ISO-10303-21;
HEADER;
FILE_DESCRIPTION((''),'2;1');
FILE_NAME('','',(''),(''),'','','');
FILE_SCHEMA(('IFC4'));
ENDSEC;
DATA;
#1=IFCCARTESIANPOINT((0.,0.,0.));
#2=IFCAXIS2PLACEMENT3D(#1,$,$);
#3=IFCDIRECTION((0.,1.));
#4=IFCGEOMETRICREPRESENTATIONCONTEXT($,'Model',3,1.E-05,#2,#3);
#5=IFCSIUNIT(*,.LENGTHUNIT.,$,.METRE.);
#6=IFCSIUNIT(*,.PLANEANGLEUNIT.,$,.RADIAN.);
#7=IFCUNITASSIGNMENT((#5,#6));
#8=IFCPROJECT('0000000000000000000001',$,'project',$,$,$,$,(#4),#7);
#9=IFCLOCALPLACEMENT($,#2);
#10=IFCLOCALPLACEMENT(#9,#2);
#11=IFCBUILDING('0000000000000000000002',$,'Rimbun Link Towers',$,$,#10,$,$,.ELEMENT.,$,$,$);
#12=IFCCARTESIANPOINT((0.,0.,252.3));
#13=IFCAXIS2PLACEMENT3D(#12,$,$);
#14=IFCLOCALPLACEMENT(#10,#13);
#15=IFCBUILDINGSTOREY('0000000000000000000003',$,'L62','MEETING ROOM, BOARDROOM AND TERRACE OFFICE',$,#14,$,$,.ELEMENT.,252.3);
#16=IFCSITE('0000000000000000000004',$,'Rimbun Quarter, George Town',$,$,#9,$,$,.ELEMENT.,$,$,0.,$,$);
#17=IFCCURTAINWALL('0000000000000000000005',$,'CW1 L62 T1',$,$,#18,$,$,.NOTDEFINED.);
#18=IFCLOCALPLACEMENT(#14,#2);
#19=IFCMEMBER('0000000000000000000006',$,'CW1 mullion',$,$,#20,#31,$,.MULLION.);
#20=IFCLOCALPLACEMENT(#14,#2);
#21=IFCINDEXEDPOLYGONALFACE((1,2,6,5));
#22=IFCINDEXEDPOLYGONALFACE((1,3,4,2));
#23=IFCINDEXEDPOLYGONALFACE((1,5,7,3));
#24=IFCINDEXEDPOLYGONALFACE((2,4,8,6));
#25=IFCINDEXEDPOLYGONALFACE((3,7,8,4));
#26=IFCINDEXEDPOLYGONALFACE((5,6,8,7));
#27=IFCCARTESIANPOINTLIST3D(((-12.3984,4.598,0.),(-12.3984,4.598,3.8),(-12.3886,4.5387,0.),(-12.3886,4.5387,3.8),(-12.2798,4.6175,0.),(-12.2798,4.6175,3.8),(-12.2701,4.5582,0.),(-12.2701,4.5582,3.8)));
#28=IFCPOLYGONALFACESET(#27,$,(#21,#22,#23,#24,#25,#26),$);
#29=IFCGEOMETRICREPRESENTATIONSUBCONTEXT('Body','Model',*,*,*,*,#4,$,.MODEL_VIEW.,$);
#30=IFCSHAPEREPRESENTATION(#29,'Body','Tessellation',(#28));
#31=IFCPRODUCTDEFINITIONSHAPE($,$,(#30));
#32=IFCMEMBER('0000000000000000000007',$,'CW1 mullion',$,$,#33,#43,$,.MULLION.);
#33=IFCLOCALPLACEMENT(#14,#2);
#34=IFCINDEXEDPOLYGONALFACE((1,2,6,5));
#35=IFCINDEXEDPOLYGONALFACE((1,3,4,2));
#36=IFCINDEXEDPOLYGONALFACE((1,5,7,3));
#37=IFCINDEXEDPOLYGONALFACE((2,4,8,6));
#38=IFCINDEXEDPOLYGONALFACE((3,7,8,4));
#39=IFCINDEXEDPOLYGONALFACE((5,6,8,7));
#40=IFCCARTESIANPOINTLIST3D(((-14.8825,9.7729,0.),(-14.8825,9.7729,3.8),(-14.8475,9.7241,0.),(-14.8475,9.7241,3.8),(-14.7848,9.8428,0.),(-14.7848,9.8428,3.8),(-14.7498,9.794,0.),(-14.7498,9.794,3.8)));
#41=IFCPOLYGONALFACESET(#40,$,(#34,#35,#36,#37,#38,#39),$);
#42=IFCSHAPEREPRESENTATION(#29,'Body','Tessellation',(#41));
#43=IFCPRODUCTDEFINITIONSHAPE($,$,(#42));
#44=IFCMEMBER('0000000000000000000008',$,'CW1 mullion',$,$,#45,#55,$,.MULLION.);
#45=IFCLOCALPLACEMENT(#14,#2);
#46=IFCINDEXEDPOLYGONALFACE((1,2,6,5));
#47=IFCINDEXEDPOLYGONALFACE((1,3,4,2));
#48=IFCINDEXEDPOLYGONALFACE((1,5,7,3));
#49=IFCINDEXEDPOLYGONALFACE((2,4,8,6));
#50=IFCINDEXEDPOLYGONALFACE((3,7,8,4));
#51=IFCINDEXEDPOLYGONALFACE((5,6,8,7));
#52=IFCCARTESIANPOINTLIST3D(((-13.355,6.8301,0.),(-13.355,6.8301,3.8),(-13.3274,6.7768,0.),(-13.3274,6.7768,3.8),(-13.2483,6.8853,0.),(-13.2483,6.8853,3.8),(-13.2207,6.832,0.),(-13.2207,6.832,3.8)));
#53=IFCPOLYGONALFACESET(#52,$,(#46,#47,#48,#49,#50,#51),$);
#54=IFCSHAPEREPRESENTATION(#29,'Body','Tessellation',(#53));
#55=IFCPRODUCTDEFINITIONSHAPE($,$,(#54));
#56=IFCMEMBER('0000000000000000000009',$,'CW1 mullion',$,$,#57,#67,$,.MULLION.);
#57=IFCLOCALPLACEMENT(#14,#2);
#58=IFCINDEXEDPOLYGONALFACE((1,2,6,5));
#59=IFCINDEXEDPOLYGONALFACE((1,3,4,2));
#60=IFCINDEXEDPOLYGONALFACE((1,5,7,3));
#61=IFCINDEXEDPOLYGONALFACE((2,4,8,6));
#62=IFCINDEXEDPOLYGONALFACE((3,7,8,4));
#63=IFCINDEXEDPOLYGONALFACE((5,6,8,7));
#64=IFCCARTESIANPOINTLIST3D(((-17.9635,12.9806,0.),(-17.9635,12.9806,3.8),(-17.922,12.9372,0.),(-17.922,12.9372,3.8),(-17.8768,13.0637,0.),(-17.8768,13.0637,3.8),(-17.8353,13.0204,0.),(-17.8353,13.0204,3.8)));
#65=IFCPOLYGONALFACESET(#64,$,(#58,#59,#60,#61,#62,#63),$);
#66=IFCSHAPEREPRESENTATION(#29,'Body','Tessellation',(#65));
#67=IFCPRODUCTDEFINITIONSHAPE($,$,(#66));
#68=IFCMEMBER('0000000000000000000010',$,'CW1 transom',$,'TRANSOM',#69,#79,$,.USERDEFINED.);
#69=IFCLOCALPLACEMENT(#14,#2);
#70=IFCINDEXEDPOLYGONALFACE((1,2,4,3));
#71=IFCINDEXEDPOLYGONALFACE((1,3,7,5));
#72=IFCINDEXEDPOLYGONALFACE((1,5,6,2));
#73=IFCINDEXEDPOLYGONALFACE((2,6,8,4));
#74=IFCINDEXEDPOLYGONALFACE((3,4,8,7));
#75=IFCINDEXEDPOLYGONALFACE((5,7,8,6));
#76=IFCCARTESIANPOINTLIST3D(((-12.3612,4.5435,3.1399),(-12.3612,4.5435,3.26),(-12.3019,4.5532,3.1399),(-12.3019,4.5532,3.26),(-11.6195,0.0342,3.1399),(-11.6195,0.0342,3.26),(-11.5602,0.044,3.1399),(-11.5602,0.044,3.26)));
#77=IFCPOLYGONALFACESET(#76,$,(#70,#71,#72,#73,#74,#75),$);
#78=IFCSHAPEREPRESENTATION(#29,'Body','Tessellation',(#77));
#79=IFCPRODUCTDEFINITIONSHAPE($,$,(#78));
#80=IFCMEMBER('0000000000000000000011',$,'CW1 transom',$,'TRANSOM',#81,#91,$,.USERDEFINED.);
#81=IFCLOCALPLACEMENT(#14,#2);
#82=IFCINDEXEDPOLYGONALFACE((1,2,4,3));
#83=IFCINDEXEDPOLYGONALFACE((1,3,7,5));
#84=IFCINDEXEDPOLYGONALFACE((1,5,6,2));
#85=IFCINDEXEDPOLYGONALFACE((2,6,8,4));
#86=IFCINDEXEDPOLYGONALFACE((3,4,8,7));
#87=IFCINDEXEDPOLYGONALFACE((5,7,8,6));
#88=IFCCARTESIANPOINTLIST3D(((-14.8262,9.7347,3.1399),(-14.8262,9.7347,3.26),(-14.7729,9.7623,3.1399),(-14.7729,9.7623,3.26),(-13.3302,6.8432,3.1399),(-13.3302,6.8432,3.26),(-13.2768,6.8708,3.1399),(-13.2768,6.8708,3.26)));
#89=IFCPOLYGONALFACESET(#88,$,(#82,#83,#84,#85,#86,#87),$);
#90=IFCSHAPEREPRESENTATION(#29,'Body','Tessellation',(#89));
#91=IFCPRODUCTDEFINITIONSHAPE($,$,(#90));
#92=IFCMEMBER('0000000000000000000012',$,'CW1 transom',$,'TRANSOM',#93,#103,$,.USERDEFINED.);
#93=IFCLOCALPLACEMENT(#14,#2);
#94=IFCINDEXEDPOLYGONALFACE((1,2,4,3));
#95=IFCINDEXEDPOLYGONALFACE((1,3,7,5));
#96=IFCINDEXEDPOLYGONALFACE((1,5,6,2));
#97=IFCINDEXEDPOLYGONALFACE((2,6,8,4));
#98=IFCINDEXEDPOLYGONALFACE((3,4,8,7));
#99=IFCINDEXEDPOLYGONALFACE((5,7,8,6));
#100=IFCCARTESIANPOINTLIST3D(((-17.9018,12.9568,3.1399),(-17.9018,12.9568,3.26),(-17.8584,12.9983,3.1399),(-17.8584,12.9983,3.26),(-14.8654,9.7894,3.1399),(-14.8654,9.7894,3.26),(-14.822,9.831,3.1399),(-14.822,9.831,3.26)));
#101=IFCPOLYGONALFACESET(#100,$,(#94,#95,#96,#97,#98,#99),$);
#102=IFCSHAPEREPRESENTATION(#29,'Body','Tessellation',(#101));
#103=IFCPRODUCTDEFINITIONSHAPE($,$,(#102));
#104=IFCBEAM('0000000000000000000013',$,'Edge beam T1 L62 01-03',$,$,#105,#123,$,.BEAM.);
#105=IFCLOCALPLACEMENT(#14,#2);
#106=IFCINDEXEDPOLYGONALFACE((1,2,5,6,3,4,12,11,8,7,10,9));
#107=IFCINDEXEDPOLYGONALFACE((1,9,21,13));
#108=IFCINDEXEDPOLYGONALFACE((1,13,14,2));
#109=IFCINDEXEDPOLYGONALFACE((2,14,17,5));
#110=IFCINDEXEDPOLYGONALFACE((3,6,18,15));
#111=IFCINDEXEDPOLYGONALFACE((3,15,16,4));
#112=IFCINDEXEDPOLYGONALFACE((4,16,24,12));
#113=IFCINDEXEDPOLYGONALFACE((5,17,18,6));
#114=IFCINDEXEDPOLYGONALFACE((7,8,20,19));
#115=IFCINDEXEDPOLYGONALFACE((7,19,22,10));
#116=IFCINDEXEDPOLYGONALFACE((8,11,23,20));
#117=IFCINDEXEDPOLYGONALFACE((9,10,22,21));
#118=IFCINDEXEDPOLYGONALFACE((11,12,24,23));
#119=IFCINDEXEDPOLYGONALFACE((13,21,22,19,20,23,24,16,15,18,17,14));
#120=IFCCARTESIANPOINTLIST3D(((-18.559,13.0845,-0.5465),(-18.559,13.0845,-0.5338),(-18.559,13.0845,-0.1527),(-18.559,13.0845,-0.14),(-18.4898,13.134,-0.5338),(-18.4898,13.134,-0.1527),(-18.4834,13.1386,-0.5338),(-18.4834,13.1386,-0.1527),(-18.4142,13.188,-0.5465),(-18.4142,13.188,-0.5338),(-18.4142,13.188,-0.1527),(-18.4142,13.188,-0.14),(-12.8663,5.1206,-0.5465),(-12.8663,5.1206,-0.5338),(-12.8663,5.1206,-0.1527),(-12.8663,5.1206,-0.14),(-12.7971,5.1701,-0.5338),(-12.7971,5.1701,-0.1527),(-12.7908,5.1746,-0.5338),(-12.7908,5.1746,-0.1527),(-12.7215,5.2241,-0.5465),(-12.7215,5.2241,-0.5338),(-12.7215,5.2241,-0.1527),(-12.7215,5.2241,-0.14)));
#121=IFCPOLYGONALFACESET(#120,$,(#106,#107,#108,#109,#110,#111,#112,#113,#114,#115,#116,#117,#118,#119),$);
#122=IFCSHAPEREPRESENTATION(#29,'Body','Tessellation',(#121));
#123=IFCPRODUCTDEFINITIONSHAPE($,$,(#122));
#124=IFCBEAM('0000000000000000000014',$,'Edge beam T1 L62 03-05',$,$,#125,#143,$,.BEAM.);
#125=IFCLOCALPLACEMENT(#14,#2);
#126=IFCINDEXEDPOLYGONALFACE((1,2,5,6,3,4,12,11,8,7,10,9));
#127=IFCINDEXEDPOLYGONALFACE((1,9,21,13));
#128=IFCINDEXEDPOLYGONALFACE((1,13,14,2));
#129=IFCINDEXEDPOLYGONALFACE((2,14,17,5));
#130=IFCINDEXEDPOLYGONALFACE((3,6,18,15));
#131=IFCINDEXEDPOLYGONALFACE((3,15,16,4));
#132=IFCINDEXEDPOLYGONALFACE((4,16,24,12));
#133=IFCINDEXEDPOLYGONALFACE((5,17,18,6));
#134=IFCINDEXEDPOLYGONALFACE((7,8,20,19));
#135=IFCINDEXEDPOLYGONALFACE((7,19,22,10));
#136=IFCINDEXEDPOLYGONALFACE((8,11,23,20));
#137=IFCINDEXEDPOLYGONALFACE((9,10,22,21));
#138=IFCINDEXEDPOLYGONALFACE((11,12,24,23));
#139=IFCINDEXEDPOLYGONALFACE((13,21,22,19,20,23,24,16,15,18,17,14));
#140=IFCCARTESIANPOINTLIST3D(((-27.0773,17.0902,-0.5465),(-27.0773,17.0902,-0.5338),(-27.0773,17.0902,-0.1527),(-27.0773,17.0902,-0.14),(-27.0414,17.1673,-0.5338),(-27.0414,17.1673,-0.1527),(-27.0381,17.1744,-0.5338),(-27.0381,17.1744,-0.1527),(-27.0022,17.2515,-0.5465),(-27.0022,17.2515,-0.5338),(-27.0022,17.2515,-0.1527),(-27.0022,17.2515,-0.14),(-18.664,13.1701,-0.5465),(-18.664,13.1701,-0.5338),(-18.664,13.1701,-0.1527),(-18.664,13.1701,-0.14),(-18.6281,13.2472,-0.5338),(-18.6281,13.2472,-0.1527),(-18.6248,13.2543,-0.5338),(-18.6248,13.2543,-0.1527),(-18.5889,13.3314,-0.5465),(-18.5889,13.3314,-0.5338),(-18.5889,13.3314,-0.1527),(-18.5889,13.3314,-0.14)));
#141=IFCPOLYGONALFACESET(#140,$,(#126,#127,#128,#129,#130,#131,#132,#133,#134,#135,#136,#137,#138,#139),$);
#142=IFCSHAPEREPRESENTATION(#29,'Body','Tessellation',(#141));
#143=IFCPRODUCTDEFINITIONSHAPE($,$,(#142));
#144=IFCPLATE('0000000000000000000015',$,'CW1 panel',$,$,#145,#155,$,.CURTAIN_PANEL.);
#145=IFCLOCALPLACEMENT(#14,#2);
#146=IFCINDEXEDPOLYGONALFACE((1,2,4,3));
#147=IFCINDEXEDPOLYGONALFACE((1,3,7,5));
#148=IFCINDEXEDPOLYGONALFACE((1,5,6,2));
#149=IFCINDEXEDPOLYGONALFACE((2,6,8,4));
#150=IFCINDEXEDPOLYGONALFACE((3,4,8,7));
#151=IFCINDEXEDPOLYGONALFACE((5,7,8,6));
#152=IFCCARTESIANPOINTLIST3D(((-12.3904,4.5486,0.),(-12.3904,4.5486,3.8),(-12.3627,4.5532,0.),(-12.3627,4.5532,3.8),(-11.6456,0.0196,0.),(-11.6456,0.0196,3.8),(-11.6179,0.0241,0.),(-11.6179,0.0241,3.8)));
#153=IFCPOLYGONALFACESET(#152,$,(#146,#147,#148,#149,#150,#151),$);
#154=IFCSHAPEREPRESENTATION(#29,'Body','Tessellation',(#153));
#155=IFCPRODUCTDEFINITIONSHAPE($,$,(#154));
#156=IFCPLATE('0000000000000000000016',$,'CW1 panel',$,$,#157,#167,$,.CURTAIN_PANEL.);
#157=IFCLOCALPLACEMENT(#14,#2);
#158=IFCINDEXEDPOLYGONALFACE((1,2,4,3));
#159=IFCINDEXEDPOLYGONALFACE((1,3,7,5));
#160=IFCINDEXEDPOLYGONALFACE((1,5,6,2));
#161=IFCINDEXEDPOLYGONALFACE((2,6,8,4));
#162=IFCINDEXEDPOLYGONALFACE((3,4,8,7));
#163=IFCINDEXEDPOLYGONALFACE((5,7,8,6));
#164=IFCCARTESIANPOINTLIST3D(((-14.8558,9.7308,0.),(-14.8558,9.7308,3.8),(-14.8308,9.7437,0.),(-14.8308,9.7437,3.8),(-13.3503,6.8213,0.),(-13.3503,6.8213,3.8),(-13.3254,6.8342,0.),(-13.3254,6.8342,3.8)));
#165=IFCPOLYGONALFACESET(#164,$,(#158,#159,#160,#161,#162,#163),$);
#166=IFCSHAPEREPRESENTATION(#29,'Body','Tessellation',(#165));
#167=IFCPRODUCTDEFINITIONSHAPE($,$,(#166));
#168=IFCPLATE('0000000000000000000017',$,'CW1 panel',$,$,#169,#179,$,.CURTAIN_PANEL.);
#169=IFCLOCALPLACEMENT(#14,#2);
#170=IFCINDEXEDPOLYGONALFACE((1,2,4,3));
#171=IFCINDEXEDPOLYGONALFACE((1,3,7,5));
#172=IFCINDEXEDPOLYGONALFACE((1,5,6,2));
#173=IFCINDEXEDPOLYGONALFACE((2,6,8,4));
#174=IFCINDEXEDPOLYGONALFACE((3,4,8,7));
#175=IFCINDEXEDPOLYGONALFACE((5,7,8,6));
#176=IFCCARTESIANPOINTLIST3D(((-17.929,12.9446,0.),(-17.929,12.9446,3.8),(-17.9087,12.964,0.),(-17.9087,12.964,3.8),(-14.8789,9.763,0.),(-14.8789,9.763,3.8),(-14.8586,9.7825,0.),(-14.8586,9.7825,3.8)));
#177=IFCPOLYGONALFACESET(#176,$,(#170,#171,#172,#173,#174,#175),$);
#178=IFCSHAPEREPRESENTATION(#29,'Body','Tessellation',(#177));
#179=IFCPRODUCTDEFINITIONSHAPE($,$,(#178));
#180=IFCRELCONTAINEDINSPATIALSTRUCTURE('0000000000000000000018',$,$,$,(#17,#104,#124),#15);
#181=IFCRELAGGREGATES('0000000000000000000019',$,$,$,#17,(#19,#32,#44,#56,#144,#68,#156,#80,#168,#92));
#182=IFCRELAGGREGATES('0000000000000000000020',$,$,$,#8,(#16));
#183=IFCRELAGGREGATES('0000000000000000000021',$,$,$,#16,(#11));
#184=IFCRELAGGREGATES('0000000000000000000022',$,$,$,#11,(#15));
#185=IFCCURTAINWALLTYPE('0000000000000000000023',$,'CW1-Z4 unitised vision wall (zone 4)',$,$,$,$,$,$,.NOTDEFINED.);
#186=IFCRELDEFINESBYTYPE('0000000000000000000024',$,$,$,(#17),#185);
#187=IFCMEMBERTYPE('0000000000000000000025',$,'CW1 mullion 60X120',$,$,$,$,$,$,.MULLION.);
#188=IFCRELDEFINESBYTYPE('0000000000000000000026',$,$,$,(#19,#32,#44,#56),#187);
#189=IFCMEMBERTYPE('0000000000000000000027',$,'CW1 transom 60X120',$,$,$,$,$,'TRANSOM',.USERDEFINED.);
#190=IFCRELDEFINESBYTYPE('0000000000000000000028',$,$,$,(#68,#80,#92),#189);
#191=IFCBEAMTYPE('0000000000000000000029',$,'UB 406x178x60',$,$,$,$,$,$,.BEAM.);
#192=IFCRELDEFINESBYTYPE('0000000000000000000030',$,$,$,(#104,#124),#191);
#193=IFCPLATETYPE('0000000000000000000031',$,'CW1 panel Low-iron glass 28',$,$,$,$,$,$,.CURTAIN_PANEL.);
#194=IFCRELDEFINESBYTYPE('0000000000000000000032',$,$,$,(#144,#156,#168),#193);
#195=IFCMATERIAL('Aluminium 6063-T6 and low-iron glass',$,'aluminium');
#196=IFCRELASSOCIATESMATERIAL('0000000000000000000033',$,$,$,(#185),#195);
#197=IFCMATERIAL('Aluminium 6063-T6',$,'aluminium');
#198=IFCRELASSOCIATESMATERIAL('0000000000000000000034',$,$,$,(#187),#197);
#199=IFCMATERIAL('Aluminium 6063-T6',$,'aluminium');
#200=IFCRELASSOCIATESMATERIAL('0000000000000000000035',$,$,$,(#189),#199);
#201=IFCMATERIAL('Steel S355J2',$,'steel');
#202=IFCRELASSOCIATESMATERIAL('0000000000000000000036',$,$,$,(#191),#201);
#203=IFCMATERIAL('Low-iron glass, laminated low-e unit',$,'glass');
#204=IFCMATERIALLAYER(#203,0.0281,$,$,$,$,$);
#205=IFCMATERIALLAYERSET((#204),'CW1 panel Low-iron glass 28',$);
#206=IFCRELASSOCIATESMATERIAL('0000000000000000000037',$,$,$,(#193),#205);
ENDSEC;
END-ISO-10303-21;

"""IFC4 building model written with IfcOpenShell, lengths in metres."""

from ifc_helpers import new_model, si_unit, direction, frame, origin, origin_2d, place, context, subcontext, project, spatial, rectangle, i_section, extrude, material, layer, layer_set, material_profile, profile_set, type_object, element, aggregate, save


model = new_model("IFC4")

# Units and contexts
model_context = context("Model", 3, precision=1e-05, world=origin(), true_north=direction((0.0, 1.0)))
body_context = subcontext(model_context, "Body", "Model", "MODEL_VIEW")
ifc_project = project(units=[si_unit("LENGTHUNIT", "METRE"), si_unit("PLANEANGLEUNIT", "RADIAN")], contexts=[model_context])

# Site, building, storey
site_placement = place(None, origin())
site = spatial("IfcSite", under=ifc_project, at=site_placement, Name="Rimbun Quarter, George Town", CompositionType="ELEMENT", RefElevation=0.0)
building_placement = place(site_placement, origin())
building = spatial("IfcBuilding", under=site, at=building_placement, Name="Rimbun Link Towers", CompositionType="ELEMENT")
storey_placement = place(building_placement, frame((0.0, 0.0, 252.3)))
storey = spatial("IfcBuildingStorey", under=building, at=storey_placement, Name="L62", Description="MEETING ROOM, BOARDROOM AND TERRACE OFFICE", CompositionType="ELEMENT", Elevation=252.3)

# Curtain wall, members
ifc_material_1 = material(Name="Aluminium 6063-T6 and low-iron glass", Category="aluminium")
curtain_wall_type = type_object("IfcCurtainWallType", Name="CW1-Z4 unitised vision wall (zone 4)", PredefinedType="NOTDEFINED", material=ifc_material_1)
curtain_wall_placement = place(storey_placement, origin())
curtain_wall = element("IfcCurtainWall", 1, at=curtain_wall_placement, inside=storey, type_object=curtain_wall_type, Name="CW1 L62 T1", PredefinedType="NOTDEFINED")
ifc_material_2 = material(Name="Aluminium 6063-T6", Category="aluminium")
ifc_material_profile_1 = material_profile(ifc_material_2, rectangle(XDim=0.1201, YDim=0.0601, at=origin_2d()), Name="MULLION 60X120")
ifc_profile_set_1 = profile_set([ifc_material_profile_1], Name="Aluminium 6063-T6")
member_type_1 = type_object("IfcMemberType", Name="CW1 mullion 60X120", PredefinedType="MULLION", material=ifc_profile_set_1)
member_1_placement = place(storey_placement, frame((-12.3342, 4.5781, 0.0), z_axis=(0.0, 0.0, 1.0), x_axis=(0.986748, 0.162262, 0.0)))
member_1 = element("IfcMember", 2, at=member_1_placement, type_object=member_type_1, Name="CW1 mullion", PredefinedType="MULLION", context=body_context, shape_type="SweptSolid", body=[
    extrude(rectangle(XDim=0.1201, YDim=0.0601, at=origin_2d()), origin(), (0.0, 0.0, 1.0), 3.8),
])
member_2_placement = place(storey_placement, frame((-14.8162, 9.7834, 0.0), z_axis=(0.0, 0.0, 1.0), x_axis=(0.813354, 0.581769, 0.0)))
member_2 = element("IfcMember", 3, at=member_2_placement, type_object=member_type_1, Name="CW1 mullion", PredefinedType="MULLION", context=body_context, shape_type="SweptSolid", body=[
    extrude(rectangle(XDim=0.1201, YDim=0.0601, at=origin_2d()), origin(), (0.0, 0.0, 1.0), 3.8),
])
member_3_placement = place(storey_placement, frame((-13.2878, 6.8311, 0.0), z_axis=(0.0, 0.0, 1.0), x_axis=(0.888151, 0.459552, 0.0)))
member_3 = element("IfcMember", 4, at=member_3_placement, type_object=member_type_1, Name="CW1 mullion", PredefinedType="MULLION", context=body_context, shape_type="SweptSolid", body=[
    extrude(rectangle(XDim=0.1201, YDim=0.0601, at=origin_2d()), origin(), (0.0, 0.0, 1.0), 3.8),
])
member_4_placement = place(storey_placement, frame((-17.8994, 13.0005, 0.0), z_axis=(0.0, 0.0, 1.0), x_axis=(0.721858, 0.692041, 0.0)))
member_4 = element("IfcMember", 5, at=member_4_placement, type_object=member_type_1, Name="CW1 mullion", PredefinedType="MULLION", context=body_context, shape_type="SweptSolid", body=[
    extrude(rectangle(XDim=0.1201, YDim=0.0601, at=origin_2d()), origin(), (0.0, 0.0, 1.0), 3.8),
])
ifc_material_3 = material(Name="Aluminium 6063-T6", Category="aluminium")
ifc_material_profile_2 = material_profile(ifc_material_3, rectangle(XDim=0.0601, YDim=0.1201, at=origin_2d()), Name="TRANSOM 60X120")
ifc_profile_set_2 = profile_set([ifc_material_profile_2], Name="Aluminium 6063-T6")
member_type_2 = type_object("IfcMemberType", Name="CW1 transom 60X120", ElementType="TRANSOM", PredefinedType="USERDEFINED", material=ifc_profile_set_2)
member_5_placement = place(storey_placement, frame((-12.3315, 4.5483, 3.2), z_axis=(0.162302, -0.986741, 0.0), x_axis=(0.986741, 0.162302, 0.0)))
member_5 = element("IfcMember", 6, at=member_5_placement, type_object=member_type_2, Name="CW1 transom", ObjectType="TRANSOM", PredefinedType="USERDEFINED", context=body_context, shape_type="SweptSolid", body=[
    extrude(rectangle(XDim=0.0601, YDim=0.1201, at=origin_2d()), origin(), (0.0, 0.0, 1.0), 4.5698),
])
member_6_placement = place(storey_placement, frame((-14.7996, 9.7485, 3.2), z_axis=(0.459529, -0.888163, 0.0), x_axis=(0.888163, 0.459529, 0.0)))
member_6 = element("IfcMember", 7, at=member_6_placement, type_object=member_type_2, Name="CW1 transom", ObjectType="TRANSOM", PredefinedType="USERDEFINED", context=body_context, shape_type="SweptSolid", body=[
    extrude(rectangle(XDim=0.0601, YDim=0.1201, at=origin_2d()), origin(), (0.0, 0.0, 1.0), 3.2556),
])
member_7_placement = place(storey_placement, frame((-17.8801, 12.9775, 3.2), z_axis=(0.692037, -0.721862, 0.0), x_axis=(0.721862, 0.692037, 0.0)))
member_7 = element("IfcMember", 8, at=member_7_placement, type_object=member_type_2, Name="CW1 transom", ObjectType="TRANSOM", PredefinedType="USERDEFINED", context=body_context, shape_type="SweptSolid", body=[
    extrude(rectangle(XDim=0.0601, YDim=0.1201, at=origin_2d()), origin(), (0.0, 0.0, 1.0), 4.3877),
])

# Beams
ifc_material_4 = material(Name="Steel S355J2", Category="steel")
ifc_material_profile_3 = material_profile(ifc_material_4, i_section(OverallWidth=0.178, OverallDepth=0.4065, WebThickness=0.0078, FlangeThickness=0.0127, at=origin_2d()), Name="UB 406x178x60")
ifc_profile_set_3 = profile_set([ifc_material_profile_3], Name="Steel S355J2")
beam_type = type_object("IfcBeamType", Name="UB 406x178x60", PredefinedType="BEAM", material=ifc_profile_set_3)
beam_1_placement = place(storey_placement, frame((-12.7939, 5.1724, -0.3433), z_axis=(-0.581519, 0.813533, 0.0), x_axis=(-0.813533, -0.581519, 0.0)))
element("IfcBeam", 9, at=beam_1_placement, inside=storey, type_object=beam_type, Name="Edge beam T1 L62 01-03", PredefinedType="BEAM", context=body_context, shape_type="SweptSolid", body=[
    extrude(i_section(OverallWidth=0.178, OverallDepth=0.4065, WebThickness=0.0078, FlangeThickness=0.0127, at=origin_2d()), origin(), (0.0, 0.0, 1.0), 9.7893),
])
beam_2_placement = place(storey_placement, frame((-18.6265, 13.2507, -0.3433), z_axis=(-0.906433, 0.42235, 0.0), x_axis=(-0.42235, -0.906433, 0.0)))
element("IfcBeam", 10, at=beam_2_placement, inside=storey, type_object=beam_type, Name="Edge beam T1 L62 03-05", PredefinedType="BEAM", context=body_context, shape_type="SweptSolid", body=[
    extrude(i_section(OverallWidth=0.178, OverallDepth=0.4065, WebThickness=0.0078, FlangeThickness=0.0127, at=origin_2d()), origin(), (0.0, 0.0, 1.0), 9.2817),
])

# Plates
ifc_material_5 = material(Name="Low-iron glass, laminated low-e unit", Category="glass")
ifc_layer_1 = layer(ifc_material_5, 0.0281)
ifc_layer_set_1 = layer_set([ifc_layer_1], Name="CW1 panel Low-iron glass 28")
plate_type = type_object("IfcPlateType", Name="CW1 panel Low-iron glass 28", PredefinedType="CURTAIN_PANEL", material=ifc_layer_set_1)
plate_1_placement = place(storey_placement, frame((-12.0042, 2.2864, 0.0), z_axis=(0.0, 0.0, 1.0), x_axis=(0.162262, -0.986748, 0.0)))
plate_1 = element("IfcPlate", 11, at=plate_1_placement, type_object=plate_type, Name="CW1 panel", PredefinedType="CURTAIN_PANEL", context=body_context, shape_type="SweptSolid", body=[
    extrude(rectangle(XDim=4.5898, YDim=0.0281, at=origin_2d()), origin(), (0.0, 0.0, 1.0), 3.8),
])
plate_2_placement = place(storey_placement, frame((-14.0906, 8.2825, 0.0), z_axis=(0.0, 0.0, 1.0), x_axis=(0.459552, -0.888151, 0.0)))
plate_2 = element("IfcPlate", 12, at=plate_2_placement, type_object=plate_type, Name="CW1 panel", PredefinedType="CURTAIN_PANEL", context=body_context, shape_type="SweptSolid", body=[
    extrude(rectangle(XDim=3.2759, YDim=0.0281, at=origin_2d()), origin(), (0.0, 0.0, 1.0), 3.8),
])
plate_3_placement = place(storey_placement, frame((-16.3938, 11.3635, 0.0), z_axis=(0.0, 0.0, 1.0), x_axis=(0.692041, -0.721858, 0.0)))
plate_3 = element("IfcPlate", 13, at=plate_3_placement, type_object=plate_type, Name="CW1 panel", PredefinedType="CURTAIN_PANEL", context=body_context, shape_type="SweptSolid", body=[
    extrude(rectangle(XDim=4.4075, YDim=0.0281, at=origin_2d()), origin(), (0.0, 0.0, 1.0), 3.8),
])
aggregate(curtain_wall, [member_1, member_2, member_3, member_4, plate_1, member_5, plate_2, member_6, plate_3, member_7])

save(model, "model.ifc")
